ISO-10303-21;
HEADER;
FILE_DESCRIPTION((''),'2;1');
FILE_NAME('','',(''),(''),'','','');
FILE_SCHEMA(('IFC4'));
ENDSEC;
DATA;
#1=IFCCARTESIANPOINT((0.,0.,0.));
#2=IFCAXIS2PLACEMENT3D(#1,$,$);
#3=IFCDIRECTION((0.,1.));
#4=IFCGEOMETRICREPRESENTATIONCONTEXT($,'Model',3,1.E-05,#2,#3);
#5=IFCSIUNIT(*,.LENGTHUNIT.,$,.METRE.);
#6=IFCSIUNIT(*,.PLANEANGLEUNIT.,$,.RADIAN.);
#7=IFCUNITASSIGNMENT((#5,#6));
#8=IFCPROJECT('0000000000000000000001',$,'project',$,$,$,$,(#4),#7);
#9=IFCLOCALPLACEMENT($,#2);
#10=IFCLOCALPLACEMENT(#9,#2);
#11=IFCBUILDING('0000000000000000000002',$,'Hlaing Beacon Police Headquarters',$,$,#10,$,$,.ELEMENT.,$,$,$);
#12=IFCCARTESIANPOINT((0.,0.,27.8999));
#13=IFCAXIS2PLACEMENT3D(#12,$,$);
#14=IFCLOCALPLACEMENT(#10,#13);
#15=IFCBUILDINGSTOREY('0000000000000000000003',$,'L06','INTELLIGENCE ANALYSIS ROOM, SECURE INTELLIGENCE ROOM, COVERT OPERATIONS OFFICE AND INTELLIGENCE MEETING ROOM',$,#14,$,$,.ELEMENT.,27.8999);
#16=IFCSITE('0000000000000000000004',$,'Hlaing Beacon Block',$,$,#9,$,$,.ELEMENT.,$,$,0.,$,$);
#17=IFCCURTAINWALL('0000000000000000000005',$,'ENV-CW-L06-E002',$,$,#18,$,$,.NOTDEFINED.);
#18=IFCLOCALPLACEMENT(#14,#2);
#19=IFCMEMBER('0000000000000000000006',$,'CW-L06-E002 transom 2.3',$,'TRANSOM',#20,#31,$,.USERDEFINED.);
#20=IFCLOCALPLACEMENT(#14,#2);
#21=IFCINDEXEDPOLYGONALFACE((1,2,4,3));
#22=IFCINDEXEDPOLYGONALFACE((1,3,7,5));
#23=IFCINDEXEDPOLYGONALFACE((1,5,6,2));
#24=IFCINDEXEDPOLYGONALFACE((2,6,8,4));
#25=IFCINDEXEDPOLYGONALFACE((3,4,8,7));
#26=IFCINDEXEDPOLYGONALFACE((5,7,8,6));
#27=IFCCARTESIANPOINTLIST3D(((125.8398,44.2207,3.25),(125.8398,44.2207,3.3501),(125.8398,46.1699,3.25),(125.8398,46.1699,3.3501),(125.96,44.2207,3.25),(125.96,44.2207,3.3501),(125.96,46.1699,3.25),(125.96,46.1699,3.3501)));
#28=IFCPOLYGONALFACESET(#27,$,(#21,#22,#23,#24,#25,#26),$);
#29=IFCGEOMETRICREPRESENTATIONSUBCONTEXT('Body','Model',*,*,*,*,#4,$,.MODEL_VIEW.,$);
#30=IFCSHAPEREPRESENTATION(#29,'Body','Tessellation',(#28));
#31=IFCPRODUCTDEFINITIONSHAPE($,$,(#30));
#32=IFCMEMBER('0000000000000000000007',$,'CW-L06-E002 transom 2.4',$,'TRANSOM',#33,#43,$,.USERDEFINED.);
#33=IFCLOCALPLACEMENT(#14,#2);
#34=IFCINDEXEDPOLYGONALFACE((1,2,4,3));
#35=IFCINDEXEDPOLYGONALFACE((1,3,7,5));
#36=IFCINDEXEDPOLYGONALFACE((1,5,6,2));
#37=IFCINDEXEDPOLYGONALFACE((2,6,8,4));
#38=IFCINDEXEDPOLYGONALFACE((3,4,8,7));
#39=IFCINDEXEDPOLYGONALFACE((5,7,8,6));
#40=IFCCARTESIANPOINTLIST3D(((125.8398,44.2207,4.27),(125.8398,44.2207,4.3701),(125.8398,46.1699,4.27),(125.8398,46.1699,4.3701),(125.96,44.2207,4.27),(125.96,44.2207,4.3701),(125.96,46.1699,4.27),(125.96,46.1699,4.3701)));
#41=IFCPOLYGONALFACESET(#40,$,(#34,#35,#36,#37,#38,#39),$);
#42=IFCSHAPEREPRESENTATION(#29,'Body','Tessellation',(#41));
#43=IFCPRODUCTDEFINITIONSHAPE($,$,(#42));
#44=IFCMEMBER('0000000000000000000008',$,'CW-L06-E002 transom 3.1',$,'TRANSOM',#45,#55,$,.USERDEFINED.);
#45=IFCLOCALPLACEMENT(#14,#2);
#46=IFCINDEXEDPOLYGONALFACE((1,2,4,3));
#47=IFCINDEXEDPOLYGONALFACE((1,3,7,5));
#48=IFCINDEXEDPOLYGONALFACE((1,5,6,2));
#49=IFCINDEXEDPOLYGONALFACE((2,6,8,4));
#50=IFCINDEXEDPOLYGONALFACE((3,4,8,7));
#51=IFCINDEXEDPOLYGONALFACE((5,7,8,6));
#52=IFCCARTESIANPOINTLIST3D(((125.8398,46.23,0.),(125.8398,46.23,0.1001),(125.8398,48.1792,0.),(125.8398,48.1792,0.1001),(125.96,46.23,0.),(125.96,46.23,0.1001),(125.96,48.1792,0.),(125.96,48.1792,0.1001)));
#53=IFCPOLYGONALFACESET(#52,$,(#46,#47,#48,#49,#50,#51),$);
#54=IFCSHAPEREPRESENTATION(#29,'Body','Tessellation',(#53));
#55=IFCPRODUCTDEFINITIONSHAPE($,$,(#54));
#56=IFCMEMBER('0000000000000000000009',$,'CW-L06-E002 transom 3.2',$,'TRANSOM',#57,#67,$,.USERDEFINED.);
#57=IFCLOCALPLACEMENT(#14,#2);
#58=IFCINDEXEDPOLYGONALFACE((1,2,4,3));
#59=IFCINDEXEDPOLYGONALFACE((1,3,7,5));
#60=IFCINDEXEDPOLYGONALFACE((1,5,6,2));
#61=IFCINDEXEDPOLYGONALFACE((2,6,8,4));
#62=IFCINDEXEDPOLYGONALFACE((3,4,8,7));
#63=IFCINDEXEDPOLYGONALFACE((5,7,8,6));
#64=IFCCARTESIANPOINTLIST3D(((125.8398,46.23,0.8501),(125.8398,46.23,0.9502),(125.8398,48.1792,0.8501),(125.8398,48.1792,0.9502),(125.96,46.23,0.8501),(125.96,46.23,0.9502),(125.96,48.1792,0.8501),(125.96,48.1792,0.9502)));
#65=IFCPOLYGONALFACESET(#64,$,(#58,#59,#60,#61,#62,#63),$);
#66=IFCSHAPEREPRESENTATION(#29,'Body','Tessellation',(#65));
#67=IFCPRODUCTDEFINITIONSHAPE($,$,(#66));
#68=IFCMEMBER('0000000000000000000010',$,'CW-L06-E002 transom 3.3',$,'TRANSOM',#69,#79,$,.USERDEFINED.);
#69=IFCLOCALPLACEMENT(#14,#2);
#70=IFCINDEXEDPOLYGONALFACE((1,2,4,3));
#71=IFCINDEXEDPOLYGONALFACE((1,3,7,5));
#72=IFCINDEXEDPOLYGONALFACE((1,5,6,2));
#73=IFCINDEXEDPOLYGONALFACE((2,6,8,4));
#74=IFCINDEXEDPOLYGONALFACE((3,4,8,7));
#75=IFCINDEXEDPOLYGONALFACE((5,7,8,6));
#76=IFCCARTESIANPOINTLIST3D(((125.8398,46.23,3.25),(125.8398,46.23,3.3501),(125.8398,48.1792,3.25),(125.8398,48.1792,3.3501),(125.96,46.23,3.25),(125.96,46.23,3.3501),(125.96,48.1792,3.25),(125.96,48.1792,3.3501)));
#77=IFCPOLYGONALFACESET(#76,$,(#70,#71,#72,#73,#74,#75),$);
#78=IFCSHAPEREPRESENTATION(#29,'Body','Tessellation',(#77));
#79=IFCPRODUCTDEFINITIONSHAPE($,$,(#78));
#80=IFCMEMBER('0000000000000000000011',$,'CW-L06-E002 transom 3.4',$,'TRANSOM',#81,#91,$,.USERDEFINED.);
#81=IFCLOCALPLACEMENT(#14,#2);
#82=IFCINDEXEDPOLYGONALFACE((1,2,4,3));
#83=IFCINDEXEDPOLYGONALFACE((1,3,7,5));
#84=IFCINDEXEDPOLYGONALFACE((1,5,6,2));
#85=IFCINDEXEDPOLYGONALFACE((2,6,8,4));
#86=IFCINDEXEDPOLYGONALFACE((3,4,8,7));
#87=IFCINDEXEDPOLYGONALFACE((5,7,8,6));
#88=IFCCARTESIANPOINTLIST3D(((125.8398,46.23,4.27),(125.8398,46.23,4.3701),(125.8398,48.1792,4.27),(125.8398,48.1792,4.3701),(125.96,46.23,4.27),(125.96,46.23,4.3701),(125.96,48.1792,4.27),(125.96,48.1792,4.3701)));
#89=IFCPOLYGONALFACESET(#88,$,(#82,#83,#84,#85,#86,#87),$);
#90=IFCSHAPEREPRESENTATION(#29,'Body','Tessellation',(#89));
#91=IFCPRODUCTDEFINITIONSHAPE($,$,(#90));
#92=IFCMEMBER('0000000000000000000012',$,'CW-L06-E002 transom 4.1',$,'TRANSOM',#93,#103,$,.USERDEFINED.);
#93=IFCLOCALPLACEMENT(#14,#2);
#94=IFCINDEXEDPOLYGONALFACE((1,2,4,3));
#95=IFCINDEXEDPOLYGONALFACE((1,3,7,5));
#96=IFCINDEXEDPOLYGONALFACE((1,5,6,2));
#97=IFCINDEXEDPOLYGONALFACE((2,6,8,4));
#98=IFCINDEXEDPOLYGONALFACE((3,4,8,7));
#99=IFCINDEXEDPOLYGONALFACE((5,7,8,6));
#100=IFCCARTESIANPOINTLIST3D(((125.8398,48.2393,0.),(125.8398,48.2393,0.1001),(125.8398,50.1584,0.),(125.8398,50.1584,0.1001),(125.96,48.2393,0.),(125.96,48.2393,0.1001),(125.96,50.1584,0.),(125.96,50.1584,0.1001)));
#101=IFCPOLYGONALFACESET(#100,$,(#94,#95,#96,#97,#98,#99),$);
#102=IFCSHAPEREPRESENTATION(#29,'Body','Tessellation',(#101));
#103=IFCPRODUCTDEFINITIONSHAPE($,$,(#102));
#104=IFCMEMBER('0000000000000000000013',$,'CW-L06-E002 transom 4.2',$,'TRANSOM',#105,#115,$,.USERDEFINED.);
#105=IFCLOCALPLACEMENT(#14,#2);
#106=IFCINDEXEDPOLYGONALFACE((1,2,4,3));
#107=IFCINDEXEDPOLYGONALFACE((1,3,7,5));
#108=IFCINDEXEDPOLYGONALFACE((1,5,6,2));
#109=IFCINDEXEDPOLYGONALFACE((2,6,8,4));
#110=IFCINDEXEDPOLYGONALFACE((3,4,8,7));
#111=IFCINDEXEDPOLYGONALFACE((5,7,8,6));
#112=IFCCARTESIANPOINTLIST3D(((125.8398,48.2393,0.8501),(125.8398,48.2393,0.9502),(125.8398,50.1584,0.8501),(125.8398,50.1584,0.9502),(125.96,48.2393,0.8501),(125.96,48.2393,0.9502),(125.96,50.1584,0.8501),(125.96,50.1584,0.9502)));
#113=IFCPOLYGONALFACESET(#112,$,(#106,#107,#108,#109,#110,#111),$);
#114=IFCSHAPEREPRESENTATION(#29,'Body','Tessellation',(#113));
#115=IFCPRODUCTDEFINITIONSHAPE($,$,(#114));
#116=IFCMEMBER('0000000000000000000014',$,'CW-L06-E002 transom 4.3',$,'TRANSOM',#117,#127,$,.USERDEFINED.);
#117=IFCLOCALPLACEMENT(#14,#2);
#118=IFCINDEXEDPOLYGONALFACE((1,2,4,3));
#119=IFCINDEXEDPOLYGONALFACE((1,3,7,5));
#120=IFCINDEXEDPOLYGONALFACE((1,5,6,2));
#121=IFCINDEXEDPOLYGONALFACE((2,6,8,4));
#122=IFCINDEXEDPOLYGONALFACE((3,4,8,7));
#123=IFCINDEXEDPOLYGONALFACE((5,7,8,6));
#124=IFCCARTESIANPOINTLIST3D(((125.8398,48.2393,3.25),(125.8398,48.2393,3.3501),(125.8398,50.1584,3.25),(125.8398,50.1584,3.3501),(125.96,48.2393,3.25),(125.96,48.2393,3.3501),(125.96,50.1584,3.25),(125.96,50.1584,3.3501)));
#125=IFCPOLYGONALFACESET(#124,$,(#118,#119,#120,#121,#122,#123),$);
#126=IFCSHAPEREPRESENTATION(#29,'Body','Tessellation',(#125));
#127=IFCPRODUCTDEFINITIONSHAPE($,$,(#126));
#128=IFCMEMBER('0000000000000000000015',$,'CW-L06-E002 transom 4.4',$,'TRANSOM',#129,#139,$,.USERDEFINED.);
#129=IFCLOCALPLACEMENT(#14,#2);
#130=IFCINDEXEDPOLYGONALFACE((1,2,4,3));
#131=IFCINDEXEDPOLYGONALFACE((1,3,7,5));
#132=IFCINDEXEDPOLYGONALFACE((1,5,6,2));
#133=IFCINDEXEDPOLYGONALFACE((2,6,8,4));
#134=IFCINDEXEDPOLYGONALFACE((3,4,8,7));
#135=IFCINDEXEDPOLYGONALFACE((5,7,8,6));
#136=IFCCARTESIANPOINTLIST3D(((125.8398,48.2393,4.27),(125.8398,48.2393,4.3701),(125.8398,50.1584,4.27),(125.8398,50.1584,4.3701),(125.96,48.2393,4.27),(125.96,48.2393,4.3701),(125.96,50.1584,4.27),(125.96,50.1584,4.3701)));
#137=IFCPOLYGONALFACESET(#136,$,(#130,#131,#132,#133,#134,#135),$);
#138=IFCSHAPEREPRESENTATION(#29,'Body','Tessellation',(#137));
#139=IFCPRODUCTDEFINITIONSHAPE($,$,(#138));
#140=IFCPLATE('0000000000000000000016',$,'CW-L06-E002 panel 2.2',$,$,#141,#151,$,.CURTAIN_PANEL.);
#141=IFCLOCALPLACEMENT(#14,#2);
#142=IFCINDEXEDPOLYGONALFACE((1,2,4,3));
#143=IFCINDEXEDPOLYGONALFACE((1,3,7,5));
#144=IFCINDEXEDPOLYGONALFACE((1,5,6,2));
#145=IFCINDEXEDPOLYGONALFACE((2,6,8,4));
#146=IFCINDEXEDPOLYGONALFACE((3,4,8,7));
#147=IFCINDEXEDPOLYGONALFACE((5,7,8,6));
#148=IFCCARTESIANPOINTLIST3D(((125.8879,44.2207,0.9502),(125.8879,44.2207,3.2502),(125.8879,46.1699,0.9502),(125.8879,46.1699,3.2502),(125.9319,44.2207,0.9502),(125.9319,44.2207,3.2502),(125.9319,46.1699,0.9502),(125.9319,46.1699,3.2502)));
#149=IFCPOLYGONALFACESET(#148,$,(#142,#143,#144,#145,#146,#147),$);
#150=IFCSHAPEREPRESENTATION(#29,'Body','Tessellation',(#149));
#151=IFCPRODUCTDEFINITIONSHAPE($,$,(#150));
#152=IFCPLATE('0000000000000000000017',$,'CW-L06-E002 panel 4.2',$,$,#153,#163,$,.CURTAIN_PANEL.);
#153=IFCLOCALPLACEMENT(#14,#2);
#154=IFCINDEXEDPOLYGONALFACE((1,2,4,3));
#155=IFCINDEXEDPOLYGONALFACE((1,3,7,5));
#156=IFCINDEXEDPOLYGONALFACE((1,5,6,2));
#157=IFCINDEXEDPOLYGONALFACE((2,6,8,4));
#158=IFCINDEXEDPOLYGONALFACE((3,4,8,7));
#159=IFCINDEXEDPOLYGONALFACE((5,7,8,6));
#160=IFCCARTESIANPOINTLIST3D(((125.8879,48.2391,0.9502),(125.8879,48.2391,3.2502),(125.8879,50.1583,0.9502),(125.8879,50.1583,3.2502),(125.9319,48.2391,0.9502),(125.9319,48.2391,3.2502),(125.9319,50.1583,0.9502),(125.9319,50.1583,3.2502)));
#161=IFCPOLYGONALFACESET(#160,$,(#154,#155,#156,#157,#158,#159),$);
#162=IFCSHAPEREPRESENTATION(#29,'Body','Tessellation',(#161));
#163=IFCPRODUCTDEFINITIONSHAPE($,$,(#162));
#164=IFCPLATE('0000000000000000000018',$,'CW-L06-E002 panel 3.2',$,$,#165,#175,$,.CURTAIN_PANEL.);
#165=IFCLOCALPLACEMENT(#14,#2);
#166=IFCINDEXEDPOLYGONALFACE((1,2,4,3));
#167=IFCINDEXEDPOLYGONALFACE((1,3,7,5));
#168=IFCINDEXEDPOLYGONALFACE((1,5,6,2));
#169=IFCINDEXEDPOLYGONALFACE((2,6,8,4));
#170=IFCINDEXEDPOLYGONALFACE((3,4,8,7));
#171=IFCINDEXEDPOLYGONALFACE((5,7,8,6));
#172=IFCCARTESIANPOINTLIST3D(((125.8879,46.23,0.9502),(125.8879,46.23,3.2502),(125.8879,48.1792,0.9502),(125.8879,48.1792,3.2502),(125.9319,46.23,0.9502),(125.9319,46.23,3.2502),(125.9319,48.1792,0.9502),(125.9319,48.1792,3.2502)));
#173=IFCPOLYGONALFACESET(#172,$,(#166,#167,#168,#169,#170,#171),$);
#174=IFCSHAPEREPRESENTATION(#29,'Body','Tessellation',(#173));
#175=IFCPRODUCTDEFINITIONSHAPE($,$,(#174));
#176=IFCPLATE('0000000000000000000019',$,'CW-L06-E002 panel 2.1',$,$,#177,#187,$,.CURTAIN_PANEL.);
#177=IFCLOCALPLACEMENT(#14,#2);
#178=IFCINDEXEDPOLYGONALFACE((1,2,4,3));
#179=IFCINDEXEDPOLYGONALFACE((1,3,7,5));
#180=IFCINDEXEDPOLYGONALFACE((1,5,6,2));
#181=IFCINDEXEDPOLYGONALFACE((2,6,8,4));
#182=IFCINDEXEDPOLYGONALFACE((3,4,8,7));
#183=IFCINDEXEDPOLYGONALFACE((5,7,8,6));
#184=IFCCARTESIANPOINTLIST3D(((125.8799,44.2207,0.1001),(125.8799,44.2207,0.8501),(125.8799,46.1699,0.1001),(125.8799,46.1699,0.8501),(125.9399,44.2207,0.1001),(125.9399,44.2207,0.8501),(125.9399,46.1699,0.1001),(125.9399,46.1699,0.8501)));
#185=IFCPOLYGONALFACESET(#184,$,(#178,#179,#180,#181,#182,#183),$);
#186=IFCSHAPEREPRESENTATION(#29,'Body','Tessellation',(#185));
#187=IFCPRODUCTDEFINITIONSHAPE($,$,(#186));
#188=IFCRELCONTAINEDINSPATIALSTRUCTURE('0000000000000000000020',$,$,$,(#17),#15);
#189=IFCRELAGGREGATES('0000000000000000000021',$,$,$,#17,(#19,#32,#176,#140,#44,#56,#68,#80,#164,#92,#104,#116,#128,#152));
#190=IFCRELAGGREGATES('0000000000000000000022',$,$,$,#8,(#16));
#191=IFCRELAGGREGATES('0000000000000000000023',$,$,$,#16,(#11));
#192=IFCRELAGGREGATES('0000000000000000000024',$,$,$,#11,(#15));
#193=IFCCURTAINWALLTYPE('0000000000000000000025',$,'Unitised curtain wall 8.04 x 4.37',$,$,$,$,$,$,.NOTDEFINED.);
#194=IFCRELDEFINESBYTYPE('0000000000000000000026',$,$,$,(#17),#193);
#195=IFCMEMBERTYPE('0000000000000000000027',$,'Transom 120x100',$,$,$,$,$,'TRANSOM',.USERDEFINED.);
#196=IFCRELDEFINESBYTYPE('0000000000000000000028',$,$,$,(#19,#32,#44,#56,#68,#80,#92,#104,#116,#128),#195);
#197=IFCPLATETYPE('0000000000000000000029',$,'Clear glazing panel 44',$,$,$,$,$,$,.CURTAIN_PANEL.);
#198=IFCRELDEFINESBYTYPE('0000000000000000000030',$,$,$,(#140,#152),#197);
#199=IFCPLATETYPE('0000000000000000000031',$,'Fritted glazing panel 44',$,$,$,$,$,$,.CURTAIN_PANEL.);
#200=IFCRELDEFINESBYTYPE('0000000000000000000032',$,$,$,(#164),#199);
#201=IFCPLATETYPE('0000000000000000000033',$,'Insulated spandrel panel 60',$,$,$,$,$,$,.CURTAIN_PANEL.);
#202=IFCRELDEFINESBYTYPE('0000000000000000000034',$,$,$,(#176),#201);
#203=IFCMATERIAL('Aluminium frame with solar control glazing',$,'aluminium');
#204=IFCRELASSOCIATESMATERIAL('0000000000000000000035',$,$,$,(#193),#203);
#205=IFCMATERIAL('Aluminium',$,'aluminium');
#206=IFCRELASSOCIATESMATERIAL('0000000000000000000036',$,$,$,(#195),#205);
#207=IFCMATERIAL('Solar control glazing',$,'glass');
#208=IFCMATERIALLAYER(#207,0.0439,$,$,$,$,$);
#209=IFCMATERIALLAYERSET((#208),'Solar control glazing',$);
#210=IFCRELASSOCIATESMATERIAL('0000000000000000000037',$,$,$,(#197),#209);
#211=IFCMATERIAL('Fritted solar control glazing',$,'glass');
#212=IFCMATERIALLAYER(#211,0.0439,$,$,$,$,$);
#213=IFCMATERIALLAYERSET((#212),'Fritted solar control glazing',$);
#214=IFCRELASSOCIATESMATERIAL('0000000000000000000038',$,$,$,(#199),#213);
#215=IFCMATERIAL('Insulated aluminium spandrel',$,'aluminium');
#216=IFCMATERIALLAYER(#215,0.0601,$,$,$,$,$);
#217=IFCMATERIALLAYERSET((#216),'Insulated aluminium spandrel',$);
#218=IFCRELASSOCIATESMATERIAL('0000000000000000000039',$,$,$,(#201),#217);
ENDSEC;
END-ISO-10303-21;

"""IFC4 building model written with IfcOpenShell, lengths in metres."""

from ifc_helpers import new_model, si_unit, direction, frame, origin, origin_2d, place, context, subcontext, project, spatial, rectangle, extrude, material, layer, layer_set, material_profile, profile_set, type_object, element, aggregate, save


model = new_model("IFC4")

# Units and contexts
model_context = context("Model", 3, precision=1e-05, world=origin(), true_north=direction((0.0, 1.0)))
body_context = subcontext(model_context, "Body", "Model", "MODEL_VIEW")
ifc_project = project(units=[si_unit("LENGTHUNIT", "METRE"), si_unit("PLANEANGLEUNIT", "RADIAN")], contexts=[model_context])

# Site, building, storey
site_placement = place(None, origin())
site = spatial("IfcSite", under=ifc_project, at=site_placement, Name="Hlaing Beacon Block", CompositionType="ELEMENT", RefElevation=0.0)
building_placement = place(site_placement, origin())
building = spatial("IfcBuilding", under=site, at=building_placement, Name="Hlaing Beacon Police Headquarters", CompositionType="ELEMENT")
storey_placement = place(building_placement, frame((0.0, 0.0, 27.8999)))
storey = spatial("IfcBuildingStorey", under=building, at=storey_placement, Name="L06", Description="INTELLIGENCE ANALYSIS ROOM, SECURE INTELLIGENCE ROOM, COVERT OPERATIONS OFFICE AND INTELLIGENCE MEETING ROOM", CompositionType="ELEMENT", Elevation=27.8999)

# Curtain wall, members, plates
ifc_material_1 = material(Name="Aluminium frame with solar control glazing", Category="aluminium")
curtain_wall_type = type_object("IfcCurtainWallType", Name="Unitised curtain wall 8.04 x 4.37", PredefinedType="NOTDEFINED", material=ifc_material_1)
curtain_wall_placement = place(storey_placement, origin())
curtain_wall = element("IfcCurtainWall", 1, at=curtain_wall_placement, inside=storey, type_object=curtain_wall_type, Name="ENV-CW-L06-E002", PredefinedType="NOTDEFINED")
ifc_material_2 = material(Name="Aluminium", Category="aluminium")
ifc_material_profile_1 = material_profile(ifc_material_2, rectangle(XDim=0.1201, YDim=0.1001, at=origin_2d()), Name="Transom 120x100")
ifc_profile_set_1 = profile_set([ifc_material_profile_1], Name="Aluminium")
member_type_1 = type_object("IfcMemberType", Name="Transom 120x100", ElementType="TRANSOM", PredefinedType="USERDEFINED", material=ifc_profile_set_1)
member_1_placement = place(storey_placement, frame((125.8999, 44.2207, 3.3), z_axis=(0.0, 1.0, 0.0), x_axis=(-1.0, 0.0, 0.0)))
member_1 = element("IfcMember", 2, at=member_1_placement, type_object=member_type_1, Name="CW-L06-E002 transom 2.3", ObjectType="TRANSOM", PredefinedType="USERDEFINED", context=body_context, shape_type="SweptSolid", body=[
    extrude(rectangle(XDim=0.1201, YDim=0.1001, at=origin_2d()), origin(), (0.0, 0.0, 1.0), 1.9492),
])
member_2_placement = place(storey_placement, frame((125.8999, 44.2207, 4.3201), z_axis=(0.0, 1.0, 0.0), x_axis=(-1.0, 0.0, 0.0)))
member_2 = element("IfcMember", 3, at=member_2_placement, type_object=member_type_1, Name="CW-L06-E002 transom 2.4", ObjectType="TRANSOM", PredefinedType="USERDEFINED", context=body_context, shape_type="SweptSolid", body=[
    extrude(rectangle(XDim=0.1201, YDim=0.1001, at=origin_2d()), origin(), (0.0, 0.0, 1.0), 1.9492),
])
member_3_placement = place(storey_placement, frame((125.8999, 46.23, 0.05), z_axis=(0.0, 1.0, 0.0), x_axis=(-1.0, 0.0, 0.0)))
member_3 = element("IfcMember", 4, at=member_3_placement, type_object=member_type_1, Name="CW-L06-E002 transom 3.1", ObjectType="TRANSOM", PredefinedType="USERDEFINED", context=body_context, shape_type="SweptSolid", body=[
    extrude(rectangle(XDim=0.1201, YDim=0.1001, at=origin_2d()), origin(), (0.0, 0.0, 1.0), 1.9492),
])
member_4_placement = place(storey_placement, frame((125.8999, 46.23, 0.9001), z_axis=(0.0, 1.0, 0.0), x_axis=(-1.0, 0.0, 0.0)))
member_4 = element("IfcMember", 5, at=member_4_placement, type_object=member_type_1, Name="CW-L06-E002 transom 3.2", ObjectType="TRANSOM", PredefinedType="USERDEFINED", context=body_context, shape_type="SweptSolid", body=[
    extrude(rectangle(XDim=0.1201, YDim=0.1001, at=origin_2d()), origin(), (0.0, 0.0, 1.0), 1.9492),
])
member_5_placement = place(storey_placement, frame((125.8999, 46.23, 3.3), z_axis=(0.0, 1.0, 0.0), x_axis=(-1.0, 0.0, 0.0)))
member_5 = element("IfcMember", 6, at=member_5_placement, type_object=member_type_1, Name="CW-L06-E002 transom 3.3", ObjectType="TRANSOM", PredefinedType="USERDEFINED", context=body_context, shape_type="SweptSolid", body=[
    extrude(rectangle(XDim=0.1201, YDim=0.1001, at=origin_2d()), origin(), (0.0, 0.0, 1.0), 1.9492),
])
member_6_placement = place(storey_placement, frame((125.8999, 46.23, 4.3201), z_axis=(0.0, 1.0, 0.0), x_axis=(-1.0, 0.0, 0.0)))
member_6 = element("IfcMember", 7, at=member_6_placement, type_object=member_type_1, Name="CW-L06-E002 transom 3.4", ObjectType="TRANSOM", PredefinedType="USERDEFINED", context=body_context, shape_type="SweptSolid", body=[
    extrude(rectangle(XDim=0.1201, YDim=0.1001, at=origin_2d()), origin(), (0.0, 0.0, 1.0), 1.9492),
])
member_7_placement = place(storey_placement, frame((125.8999, 48.2393, 0.05), z_axis=(0.0, 1.0, 0.0), x_axis=(-1.0, 0.0, 0.0)))
member_7 = element("IfcMember", 8, at=member_7_placement, type_object=member_type_1, Name="CW-L06-E002 transom 4.1", ObjectType="TRANSOM", PredefinedType="USERDEFINED", context=body_context, shape_type="SweptSolid", body=[
    extrude(rectangle(XDim=0.1201, YDim=0.1001, at=origin_2d()), origin(), (0.0, 0.0, 1.0), 1.9192),
])
member_8_placement = place(storey_placement, frame((125.8999, 48.2393, 0.9001), z_axis=(0.0, 1.0, 0.0), x_axis=(-1.0, 0.0, 0.0)))
member_8 = element("IfcMember", 9, at=member_8_placement, type_object=member_type_1, Name="CW-L06-E002 transom 4.2", ObjectType="TRANSOM", PredefinedType="USERDEFINED", context=body_context, shape_type="SweptSolid", body=[
    extrude(rectangle(XDim=0.1201, YDim=0.1001, at=origin_2d()), origin(), (0.0, 0.0, 1.0), 1.9192),
])
member_9_placement = place(storey_placement, frame((125.8999, 48.2393, 3.3), z_axis=(0.0, 1.0, 0.0), x_axis=(-1.0, 0.0, 0.0)))
member_9 = element("IfcMember", 10, at=member_9_placement, type_object=member_type_1, Name="CW-L06-E002 transom 4.3", ObjectType="TRANSOM", PredefinedType="USERDEFINED", context=body_context, shape_type="SweptSolid", body=[
    extrude(rectangle(XDim=0.1201, YDim=0.1001, at=origin_2d()), origin(), (0.0, 0.0, 1.0), 1.9192),
])
member_10_placement = place(storey_placement, frame((125.8999, 48.2393, 4.3201), z_axis=(0.0, 1.0, 0.0), x_axis=(-1.0, 0.0, 0.0)))
member_10 = element("IfcMember", 11, at=member_10_placement, type_object=member_type_1, Name="CW-L06-E002 transom 4.4", ObjectType="TRANSOM", PredefinedType="USERDEFINED", context=body_context, shape_type="SweptSolid", body=[
    extrude(rectangle(XDim=0.1201, YDim=0.1001, at=origin_2d()), origin(), (0.0, 0.0, 1.0), 1.9192),
])
ifc_material_3 = material(Name="Solar control glazing", Category="glass")
ifc_layer_1 = layer(ifc_material_3, 0.0439)
ifc_layer_set_1 = layer_set([ifc_layer_1], Name="Solar control glazing")
plate_type_1 = type_object("IfcPlateType", Name="Clear glazing panel 44", PredefinedType="CURTAIN_PANEL", material=ifc_layer_set_1)
plate_1_placement = place(storey_placement, frame((125.9099, 45.1953, 0.9502), z_axis=(0.0, 0.0, 1.0), x_axis=(0.0, 1.0, 0.0)))
plate_1 = element("IfcPlate", 12, at=plate_1_placement, type_object=plate_type_1, Name="CW-L06-E002 panel 2.2", PredefinedType="CURTAIN_PANEL", context=body_context, shape_type="SweptSolid", body=[
    extrude(rectangle(XDim=1.9492, YDim=0.0439, at=origin_2d()), origin(), (0.0, 0.0, 1.0), 2.3),
])
plate_2_placement = place(storey_placement, frame((125.9099, 49.1987, 0.9502), z_axis=(0.0, 0.0, 1.0), x_axis=(0.0, 1.0, 0.0)))
plate_2 = element("IfcPlate", 13, at=plate_2_placement, type_object=plate_type_1, Name="CW-L06-E002 panel 4.2", PredefinedType="CURTAIN_PANEL", context=body_context, shape_type="SweptSolid", body=[
    extrude(rectangle(XDim=1.9192, YDim=0.0439, at=origin_2d()), origin(), (0.0, 0.0, 1.0), 2.3),
])
ifc_material_4 = material(Name="Fritted solar control glazing", Category="glass")
ifc_layer_2 = layer(ifc_material_4, 0.0439)
ifc_layer_set_2 = layer_set([ifc_layer_2], Name="Fritted solar control glazing")
plate_type_2 = type_object("IfcPlateType", Name="Fritted glazing panel 44", PredefinedType="CURTAIN_PANEL", material=ifc_layer_set_2)
plate_3_placement = place(storey_placement, frame((125.9099, 47.2046, 0.9502), z_axis=(0.0, 0.0, 1.0), x_axis=(0.0, 1.0, 0.0)))
plate_3 = element("IfcPlate", 14, at=plate_3_placement, type_object=plate_type_2, Name="CW-L06-E002 panel 3.2", PredefinedType="CURTAIN_PANEL", context=body_context, shape_type="SweptSolid", body=[
    extrude(rectangle(XDim=1.9492, YDim=0.0439, at=origin_2d()), origin(), (0.0, 0.0, 1.0), 2.3),
])
ifc_material_5 = material(Name="Insulated aluminium spandrel", Category="aluminium")
ifc_layer_3 = layer(ifc_material_5, 0.0601)
ifc_layer_set_3 = layer_set([ifc_layer_3], Name="Insulated aluminium spandrel")
plate_type_3 = type_object("IfcPlateType", Name="Insulated spandrel panel 60", PredefinedType="CURTAIN_PANEL", material=ifc_layer_set_3)
plate_4_placement = place(storey_placement, frame((125.9099, 45.1953, 0.1001), z_axis=(0.0, 0.0, 1.0), x_axis=(0.0, 1.0, 0.0)))
plate_4 = element("IfcPlate", 15, at=plate_4_placement, type_object=plate_type_3, Name="CW-L06-E002 panel 2.1", PredefinedType="CURTAIN_PANEL", context=body_context, shape_type="SweptSolid", body=[
    extrude(rectangle(XDim=1.9492, YDim=0.0601, at=origin_2d()), origin(), (0.0, 0.0, 1.0), 0.75),
])
aggregate(curtain_wall, [member_1, member_2, plate_4, plate_1, member_3, member_4, member_5, member_6, plate_3, member_7, member_8, member_9, member_10, plate_2])

save(model, "model.ifc")
